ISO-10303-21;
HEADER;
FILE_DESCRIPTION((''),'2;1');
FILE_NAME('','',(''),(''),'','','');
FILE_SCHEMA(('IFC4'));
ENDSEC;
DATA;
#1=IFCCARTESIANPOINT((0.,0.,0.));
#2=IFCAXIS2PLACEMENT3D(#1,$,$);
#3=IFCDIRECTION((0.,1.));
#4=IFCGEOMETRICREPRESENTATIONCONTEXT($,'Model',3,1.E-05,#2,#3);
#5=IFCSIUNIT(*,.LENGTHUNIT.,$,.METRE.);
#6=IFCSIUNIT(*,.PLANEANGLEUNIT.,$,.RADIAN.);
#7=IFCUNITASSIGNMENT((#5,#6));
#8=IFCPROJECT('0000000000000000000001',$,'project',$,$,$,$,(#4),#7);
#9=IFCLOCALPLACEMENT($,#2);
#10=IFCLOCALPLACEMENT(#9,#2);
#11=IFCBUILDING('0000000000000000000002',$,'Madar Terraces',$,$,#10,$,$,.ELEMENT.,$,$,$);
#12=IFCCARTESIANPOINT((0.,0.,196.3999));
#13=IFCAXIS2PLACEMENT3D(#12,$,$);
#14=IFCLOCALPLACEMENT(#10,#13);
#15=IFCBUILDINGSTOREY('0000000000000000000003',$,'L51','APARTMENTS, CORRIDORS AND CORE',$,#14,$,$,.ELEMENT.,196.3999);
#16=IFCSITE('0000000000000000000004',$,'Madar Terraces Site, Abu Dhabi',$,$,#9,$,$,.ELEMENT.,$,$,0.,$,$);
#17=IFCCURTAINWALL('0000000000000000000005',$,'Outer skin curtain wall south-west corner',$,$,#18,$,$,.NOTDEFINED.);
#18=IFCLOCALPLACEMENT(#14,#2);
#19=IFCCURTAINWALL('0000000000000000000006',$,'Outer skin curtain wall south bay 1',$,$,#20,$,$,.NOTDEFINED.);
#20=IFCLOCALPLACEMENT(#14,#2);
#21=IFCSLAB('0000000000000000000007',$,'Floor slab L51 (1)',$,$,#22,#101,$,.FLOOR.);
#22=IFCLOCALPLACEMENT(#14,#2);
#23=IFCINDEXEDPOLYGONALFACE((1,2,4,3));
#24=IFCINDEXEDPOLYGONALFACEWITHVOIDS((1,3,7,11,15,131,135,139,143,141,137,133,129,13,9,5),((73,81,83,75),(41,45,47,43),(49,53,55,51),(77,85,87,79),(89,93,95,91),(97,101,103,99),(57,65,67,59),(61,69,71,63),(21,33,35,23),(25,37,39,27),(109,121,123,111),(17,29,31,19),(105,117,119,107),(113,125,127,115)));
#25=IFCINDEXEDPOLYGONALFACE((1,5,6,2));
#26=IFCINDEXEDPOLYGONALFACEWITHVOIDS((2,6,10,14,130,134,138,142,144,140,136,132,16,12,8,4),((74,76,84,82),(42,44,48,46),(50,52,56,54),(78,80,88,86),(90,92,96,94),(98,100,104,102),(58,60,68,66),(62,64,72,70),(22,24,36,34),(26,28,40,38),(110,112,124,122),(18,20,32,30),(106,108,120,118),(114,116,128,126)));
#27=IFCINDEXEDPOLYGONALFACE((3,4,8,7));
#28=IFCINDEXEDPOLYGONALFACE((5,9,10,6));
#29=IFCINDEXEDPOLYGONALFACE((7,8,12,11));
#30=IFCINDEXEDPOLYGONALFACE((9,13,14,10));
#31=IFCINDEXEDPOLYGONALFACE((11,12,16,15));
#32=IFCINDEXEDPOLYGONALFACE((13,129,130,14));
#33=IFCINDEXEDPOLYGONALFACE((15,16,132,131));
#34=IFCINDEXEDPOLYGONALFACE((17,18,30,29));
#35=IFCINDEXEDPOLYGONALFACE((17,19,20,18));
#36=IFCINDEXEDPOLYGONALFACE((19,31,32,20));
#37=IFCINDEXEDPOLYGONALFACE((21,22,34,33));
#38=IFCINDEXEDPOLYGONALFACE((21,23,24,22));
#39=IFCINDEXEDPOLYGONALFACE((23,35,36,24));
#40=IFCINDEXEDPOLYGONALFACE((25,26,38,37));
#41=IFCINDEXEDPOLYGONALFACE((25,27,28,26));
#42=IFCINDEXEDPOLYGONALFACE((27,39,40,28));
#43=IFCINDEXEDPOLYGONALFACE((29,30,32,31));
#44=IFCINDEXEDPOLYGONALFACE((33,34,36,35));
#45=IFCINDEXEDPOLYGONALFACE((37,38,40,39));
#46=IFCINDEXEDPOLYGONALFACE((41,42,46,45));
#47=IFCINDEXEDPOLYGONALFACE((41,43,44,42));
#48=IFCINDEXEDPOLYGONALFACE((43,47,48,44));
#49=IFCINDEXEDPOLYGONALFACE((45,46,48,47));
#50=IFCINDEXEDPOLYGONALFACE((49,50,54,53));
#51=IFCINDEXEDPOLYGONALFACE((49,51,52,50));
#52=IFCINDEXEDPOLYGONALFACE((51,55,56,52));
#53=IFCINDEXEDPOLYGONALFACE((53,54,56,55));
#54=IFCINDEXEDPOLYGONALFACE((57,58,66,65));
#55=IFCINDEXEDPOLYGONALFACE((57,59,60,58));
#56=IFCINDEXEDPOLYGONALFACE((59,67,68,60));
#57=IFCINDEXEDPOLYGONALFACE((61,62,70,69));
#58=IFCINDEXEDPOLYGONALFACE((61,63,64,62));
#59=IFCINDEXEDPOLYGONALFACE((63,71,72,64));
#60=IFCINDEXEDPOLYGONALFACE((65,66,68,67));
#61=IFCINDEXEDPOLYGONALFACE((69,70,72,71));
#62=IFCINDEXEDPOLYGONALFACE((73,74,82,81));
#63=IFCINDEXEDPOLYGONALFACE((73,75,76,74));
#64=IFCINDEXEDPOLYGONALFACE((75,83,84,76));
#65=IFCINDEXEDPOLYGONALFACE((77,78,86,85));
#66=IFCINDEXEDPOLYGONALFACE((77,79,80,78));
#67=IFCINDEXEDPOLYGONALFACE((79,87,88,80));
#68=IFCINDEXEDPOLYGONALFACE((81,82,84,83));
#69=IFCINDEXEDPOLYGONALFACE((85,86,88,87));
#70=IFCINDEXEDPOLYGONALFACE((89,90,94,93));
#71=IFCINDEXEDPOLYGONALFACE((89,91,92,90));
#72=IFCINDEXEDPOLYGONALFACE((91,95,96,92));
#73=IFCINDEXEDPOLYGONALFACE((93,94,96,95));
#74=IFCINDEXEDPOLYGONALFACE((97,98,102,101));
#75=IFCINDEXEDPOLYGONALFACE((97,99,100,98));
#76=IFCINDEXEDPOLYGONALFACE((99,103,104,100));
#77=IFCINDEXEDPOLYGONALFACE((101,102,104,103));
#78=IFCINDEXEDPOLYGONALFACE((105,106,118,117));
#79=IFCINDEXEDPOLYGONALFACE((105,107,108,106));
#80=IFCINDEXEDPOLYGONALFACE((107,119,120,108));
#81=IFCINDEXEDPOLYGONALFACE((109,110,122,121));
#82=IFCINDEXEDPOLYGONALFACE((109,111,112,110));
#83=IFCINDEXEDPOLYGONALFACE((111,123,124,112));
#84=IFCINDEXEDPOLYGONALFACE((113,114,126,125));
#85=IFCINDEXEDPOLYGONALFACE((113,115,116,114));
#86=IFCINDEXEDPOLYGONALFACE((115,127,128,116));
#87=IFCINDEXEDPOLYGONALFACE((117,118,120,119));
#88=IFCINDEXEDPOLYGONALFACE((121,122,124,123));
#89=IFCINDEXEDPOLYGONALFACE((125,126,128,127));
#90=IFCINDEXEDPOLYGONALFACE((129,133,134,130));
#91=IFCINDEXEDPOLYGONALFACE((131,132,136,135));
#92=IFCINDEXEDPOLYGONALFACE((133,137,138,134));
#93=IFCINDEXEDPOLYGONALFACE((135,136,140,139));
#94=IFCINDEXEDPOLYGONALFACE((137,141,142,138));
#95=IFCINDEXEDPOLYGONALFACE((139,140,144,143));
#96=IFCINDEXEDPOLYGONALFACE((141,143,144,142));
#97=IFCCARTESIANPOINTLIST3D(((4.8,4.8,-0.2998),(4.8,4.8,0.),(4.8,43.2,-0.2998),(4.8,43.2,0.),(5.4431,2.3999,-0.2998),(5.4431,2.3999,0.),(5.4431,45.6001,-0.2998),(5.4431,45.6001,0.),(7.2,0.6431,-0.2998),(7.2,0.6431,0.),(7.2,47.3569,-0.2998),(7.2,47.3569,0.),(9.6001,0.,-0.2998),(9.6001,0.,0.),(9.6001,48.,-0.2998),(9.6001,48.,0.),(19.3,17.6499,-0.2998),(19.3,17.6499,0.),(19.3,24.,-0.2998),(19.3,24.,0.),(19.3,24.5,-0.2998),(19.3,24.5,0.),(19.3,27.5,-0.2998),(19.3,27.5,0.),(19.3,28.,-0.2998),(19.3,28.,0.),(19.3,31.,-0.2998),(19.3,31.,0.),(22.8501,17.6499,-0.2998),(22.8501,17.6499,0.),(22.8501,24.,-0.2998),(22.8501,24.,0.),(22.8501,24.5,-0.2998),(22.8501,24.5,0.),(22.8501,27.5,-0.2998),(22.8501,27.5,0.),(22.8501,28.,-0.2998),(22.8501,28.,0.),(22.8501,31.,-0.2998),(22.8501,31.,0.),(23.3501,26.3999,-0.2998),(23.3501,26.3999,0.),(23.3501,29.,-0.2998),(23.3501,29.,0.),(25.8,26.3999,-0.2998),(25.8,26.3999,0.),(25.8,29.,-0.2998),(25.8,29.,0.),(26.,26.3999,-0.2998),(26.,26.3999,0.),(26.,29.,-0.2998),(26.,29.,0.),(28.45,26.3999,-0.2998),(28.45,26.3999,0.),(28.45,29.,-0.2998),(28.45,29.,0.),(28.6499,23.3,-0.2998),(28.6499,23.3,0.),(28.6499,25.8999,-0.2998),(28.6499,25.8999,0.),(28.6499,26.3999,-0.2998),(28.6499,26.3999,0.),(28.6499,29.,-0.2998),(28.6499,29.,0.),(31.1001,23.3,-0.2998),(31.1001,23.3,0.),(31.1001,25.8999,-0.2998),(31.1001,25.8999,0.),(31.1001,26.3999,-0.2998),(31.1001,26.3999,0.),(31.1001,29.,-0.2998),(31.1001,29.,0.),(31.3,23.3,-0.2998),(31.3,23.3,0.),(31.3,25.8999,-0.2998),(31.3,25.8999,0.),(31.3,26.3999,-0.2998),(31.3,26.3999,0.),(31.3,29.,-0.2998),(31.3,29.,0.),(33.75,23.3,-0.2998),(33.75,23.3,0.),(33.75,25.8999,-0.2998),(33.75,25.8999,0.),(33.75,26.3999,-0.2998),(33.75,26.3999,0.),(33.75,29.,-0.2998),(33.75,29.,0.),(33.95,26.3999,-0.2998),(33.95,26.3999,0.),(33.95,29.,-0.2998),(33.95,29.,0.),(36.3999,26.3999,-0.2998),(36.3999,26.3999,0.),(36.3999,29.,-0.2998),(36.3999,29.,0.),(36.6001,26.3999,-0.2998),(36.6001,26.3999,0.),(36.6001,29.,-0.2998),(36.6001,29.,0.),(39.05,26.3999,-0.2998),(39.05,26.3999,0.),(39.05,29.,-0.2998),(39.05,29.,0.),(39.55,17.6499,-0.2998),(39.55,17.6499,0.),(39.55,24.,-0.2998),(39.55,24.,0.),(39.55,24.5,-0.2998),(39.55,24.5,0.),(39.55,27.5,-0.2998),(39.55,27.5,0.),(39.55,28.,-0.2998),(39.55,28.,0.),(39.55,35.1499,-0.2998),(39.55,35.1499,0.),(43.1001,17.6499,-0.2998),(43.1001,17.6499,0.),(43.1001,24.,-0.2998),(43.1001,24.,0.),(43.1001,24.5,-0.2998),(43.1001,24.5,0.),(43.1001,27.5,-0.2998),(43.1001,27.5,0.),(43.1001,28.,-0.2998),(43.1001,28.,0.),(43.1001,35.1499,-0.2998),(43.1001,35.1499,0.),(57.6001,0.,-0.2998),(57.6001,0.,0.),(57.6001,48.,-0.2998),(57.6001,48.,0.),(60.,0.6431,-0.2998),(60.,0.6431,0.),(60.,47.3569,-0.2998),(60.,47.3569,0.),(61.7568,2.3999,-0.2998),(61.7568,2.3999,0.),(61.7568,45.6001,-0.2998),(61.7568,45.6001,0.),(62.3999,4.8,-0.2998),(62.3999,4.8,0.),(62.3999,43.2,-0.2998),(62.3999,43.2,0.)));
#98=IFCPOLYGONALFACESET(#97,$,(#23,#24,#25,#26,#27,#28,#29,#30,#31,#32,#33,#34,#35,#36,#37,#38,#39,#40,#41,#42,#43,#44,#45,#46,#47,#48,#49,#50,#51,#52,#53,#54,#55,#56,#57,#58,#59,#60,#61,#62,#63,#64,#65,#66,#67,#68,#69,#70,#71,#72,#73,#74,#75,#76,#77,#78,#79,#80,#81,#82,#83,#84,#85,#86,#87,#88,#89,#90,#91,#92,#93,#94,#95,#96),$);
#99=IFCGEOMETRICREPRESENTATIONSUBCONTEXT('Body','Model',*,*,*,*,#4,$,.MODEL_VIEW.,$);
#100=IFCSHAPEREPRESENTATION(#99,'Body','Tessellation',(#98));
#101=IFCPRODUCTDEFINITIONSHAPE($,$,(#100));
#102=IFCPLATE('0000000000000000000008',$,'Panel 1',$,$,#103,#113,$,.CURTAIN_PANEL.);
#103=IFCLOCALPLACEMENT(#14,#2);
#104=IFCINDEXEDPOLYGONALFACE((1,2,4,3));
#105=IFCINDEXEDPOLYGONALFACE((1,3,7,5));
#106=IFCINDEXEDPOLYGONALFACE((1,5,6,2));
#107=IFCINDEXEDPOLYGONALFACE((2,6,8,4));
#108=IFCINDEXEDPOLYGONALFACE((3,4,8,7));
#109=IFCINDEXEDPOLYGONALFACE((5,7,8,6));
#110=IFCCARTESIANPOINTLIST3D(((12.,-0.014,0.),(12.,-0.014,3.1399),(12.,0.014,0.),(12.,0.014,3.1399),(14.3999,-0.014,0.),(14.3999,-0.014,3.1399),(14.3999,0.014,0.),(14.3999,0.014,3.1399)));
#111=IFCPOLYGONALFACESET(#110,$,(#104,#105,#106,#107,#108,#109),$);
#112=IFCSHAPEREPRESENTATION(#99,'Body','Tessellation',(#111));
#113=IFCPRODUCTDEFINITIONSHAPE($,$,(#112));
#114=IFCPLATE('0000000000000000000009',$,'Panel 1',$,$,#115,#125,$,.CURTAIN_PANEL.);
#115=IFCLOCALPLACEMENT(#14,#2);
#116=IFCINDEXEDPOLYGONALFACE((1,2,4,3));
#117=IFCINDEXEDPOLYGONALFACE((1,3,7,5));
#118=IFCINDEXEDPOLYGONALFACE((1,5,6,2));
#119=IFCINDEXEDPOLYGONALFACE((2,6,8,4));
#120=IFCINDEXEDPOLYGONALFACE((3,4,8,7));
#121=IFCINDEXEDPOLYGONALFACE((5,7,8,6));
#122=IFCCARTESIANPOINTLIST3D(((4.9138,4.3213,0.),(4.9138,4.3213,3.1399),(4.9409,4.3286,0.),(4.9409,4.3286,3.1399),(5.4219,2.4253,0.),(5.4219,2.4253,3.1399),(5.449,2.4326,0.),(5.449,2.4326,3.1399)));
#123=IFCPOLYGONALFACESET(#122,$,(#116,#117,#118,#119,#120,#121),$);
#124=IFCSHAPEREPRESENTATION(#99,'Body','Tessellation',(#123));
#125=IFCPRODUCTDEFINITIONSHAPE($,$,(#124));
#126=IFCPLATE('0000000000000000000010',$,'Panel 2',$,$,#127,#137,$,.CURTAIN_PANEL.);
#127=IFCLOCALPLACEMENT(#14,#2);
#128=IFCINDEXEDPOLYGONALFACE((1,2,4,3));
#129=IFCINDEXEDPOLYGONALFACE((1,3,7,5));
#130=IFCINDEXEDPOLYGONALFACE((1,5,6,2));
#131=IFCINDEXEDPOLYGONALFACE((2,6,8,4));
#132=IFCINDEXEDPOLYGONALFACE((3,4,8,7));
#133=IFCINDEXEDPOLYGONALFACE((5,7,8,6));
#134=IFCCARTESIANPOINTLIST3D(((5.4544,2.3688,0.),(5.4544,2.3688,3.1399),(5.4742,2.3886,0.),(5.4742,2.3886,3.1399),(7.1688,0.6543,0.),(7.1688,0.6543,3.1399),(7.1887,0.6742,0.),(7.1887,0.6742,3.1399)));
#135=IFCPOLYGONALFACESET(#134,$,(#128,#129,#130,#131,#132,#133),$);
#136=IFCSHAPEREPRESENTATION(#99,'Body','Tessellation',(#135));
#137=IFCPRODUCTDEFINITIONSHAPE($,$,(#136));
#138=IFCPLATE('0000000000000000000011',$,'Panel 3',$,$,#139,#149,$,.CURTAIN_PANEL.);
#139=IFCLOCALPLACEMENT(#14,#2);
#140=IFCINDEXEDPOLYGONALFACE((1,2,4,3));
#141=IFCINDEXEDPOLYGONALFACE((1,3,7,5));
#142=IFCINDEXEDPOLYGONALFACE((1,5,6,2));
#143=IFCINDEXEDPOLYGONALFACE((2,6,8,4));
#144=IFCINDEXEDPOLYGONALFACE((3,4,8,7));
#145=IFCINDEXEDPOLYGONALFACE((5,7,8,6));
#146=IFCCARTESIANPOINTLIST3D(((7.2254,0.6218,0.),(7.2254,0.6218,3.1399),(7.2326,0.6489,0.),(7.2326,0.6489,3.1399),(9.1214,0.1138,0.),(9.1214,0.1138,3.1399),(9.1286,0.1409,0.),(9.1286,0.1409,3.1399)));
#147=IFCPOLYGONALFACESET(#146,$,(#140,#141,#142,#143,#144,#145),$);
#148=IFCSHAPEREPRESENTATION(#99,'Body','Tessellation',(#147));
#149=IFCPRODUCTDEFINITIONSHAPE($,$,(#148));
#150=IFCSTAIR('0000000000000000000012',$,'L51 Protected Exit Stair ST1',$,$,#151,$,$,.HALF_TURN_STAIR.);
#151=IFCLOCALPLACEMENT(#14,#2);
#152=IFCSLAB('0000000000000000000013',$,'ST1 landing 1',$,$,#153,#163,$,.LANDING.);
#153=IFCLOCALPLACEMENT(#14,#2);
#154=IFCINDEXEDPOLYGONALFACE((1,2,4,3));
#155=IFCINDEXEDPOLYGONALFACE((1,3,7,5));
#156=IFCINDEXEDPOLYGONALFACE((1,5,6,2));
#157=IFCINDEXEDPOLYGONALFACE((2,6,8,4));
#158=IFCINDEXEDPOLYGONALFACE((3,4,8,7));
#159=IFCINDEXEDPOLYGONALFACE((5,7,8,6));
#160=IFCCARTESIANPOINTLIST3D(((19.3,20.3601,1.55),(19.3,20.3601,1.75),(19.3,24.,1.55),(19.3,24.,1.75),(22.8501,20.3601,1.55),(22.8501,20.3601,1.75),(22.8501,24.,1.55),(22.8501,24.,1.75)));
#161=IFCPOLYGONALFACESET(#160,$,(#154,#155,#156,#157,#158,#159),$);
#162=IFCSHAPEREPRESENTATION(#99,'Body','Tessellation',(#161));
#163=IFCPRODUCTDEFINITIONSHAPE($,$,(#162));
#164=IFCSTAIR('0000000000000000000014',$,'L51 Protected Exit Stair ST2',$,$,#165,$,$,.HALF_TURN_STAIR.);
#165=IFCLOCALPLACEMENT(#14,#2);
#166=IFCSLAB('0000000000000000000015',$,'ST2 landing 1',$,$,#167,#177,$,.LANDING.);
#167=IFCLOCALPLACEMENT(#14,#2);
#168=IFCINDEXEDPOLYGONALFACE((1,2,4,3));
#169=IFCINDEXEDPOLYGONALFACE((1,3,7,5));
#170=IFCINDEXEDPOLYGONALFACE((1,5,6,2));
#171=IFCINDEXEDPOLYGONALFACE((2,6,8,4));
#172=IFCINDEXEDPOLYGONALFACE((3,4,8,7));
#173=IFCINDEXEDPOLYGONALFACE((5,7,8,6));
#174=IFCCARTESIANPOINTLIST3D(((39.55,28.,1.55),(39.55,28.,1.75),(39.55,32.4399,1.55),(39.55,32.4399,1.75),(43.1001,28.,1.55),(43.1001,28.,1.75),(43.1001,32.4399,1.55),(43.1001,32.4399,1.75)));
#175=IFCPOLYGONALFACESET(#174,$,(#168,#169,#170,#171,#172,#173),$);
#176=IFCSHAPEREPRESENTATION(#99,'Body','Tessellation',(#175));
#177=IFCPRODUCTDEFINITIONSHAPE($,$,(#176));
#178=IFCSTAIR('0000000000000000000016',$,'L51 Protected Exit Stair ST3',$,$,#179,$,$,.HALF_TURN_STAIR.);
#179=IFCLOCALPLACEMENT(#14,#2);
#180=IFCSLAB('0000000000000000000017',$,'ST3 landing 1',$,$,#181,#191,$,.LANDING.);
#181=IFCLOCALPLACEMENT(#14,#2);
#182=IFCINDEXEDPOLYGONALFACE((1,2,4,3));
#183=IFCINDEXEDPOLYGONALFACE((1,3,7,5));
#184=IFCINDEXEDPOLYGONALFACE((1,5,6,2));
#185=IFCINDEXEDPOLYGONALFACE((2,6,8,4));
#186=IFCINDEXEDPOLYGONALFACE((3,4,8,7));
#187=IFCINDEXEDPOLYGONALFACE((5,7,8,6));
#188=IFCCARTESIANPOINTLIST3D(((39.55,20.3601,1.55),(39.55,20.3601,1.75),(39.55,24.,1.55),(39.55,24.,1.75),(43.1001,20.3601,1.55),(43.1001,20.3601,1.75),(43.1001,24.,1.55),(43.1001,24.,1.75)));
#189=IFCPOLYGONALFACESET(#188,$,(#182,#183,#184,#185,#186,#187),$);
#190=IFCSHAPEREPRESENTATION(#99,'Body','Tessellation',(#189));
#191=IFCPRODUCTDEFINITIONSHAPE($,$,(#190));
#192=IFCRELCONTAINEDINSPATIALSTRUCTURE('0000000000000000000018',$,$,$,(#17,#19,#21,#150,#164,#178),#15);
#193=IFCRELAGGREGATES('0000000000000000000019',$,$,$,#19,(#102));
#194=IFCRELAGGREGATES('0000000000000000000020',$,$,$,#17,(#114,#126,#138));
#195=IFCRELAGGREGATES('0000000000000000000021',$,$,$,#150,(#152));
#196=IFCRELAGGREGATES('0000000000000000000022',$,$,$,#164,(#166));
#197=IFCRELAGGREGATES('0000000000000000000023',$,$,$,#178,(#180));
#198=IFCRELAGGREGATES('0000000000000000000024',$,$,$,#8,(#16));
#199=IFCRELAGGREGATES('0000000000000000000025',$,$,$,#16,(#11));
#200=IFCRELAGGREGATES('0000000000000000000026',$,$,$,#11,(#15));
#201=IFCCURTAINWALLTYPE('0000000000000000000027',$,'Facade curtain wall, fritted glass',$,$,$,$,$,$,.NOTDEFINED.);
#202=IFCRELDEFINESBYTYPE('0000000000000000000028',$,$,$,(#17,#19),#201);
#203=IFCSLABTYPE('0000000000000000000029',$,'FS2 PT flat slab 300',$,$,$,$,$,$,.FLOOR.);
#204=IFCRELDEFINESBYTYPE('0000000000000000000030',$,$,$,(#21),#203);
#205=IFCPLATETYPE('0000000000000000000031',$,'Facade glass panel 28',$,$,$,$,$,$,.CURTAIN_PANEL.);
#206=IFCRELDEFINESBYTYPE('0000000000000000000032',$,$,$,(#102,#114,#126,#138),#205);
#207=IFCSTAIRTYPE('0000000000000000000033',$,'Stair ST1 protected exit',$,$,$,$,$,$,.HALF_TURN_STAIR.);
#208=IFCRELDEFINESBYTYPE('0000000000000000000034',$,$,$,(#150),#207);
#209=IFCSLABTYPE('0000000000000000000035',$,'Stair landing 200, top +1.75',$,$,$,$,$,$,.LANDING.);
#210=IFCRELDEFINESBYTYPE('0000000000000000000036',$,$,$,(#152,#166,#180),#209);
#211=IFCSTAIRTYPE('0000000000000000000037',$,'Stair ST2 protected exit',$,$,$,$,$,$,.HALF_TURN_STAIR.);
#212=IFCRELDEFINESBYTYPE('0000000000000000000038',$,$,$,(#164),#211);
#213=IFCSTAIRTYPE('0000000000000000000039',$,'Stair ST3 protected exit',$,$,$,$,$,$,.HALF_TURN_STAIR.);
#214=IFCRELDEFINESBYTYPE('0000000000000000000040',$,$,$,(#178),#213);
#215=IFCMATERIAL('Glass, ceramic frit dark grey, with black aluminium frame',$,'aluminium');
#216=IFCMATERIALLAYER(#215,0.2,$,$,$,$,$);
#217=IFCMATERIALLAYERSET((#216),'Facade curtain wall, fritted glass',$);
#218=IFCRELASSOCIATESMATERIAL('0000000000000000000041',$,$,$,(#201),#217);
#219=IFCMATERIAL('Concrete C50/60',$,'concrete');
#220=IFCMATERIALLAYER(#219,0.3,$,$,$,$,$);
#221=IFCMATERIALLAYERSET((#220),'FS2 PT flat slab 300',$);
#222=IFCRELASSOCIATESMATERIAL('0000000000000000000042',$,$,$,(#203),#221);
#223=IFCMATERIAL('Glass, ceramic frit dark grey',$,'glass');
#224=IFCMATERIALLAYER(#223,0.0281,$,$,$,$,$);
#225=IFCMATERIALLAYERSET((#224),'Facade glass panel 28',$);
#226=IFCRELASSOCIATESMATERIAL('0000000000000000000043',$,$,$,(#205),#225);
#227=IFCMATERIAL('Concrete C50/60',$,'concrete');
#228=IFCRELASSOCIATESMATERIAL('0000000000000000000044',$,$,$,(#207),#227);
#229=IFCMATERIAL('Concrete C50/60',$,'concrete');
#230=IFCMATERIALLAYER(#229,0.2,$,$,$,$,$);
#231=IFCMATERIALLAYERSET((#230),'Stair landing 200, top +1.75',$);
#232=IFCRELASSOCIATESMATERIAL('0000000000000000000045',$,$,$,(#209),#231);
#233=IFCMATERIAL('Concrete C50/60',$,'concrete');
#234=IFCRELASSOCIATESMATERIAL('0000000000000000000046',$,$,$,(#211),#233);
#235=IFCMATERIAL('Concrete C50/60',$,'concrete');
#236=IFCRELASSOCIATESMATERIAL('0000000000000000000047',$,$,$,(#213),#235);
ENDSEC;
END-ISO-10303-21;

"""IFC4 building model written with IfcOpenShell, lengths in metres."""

from ifc_helpers import new_model, si_unit, direction, frame, origin, origin_2d, place, context, subcontext, project, spatial, polyline, rectangle, outline, extrude, material, layer, layer_set, type_object, element, aggregate, save


model = new_model("IFC4")

# Units and contexts
model_context = context("Model", 3, precision=1e-05, world=origin(), true_north=direction((0.0, 1.0)))
body_context = subcontext(model_context, "Body", "Model", "MODEL_VIEW")
ifc_project = project(units=[si_unit("LENGTHUNIT", "METRE"), si_unit("PLANEANGLEUNIT", "RADIAN")], contexts=[model_context])

# Site, building, storey
site_placement = place(None, origin())
site = spatial("IfcSite", under=ifc_project, at=site_placement, Name="Madar Terraces Site, Abu Dhabi", CompositionType="ELEMENT", RefElevation=0.0)
building_placement = place(site_placement, origin())
building = spatial("IfcBuilding", under=site, at=building_placement, Name="Madar Terraces", CompositionType="ELEMENT")
storey_placement = place(building_placement, frame((0.0, 0.0, 196.3999)))
storey = spatial("IfcBuildingStorey", under=building, at=storey_placement, Name="L51", Description="APARTMENTS, CORRIDORS AND CORE", CompositionType="ELEMENT", Elevation=196.3999)

# Curtain wall
ifc_material_1 = material(Name="Glass, ceramic frit dark grey, with black aluminium frame", Category="aluminium")
ifc_layer_1 = layer(ifc_material_1, 0.2)
ifc_layer_set_1 = layer_set([ifc_layer_1], Name="Facade curtain wall, fritted glass")
curtain_wall_type = type_object("IfcCurtainWallType", Name="Facade curtain wall, fritted glass", PredefinedType="NOTDEFINED", material=ifc_layer_set_1)
curtain_wall_1_placement = place(storey_placement, origin())
curtain_wall_1 = element("IfcCurtainWall", 1, at=curtain_wall_1_placement, inside=storey, type_object=curtain_wall_type, Name="Outer skin curtain wall south-west corner", PredefinedType="NOTDEFINED")

# Curtain wall
curtain_wall_2_placement = place(storey_placement, origin())
curtain_wall_2 = element("IfcCurtainWall", 2, at=curtain_wall_2_placement, inside=storey, type_object=curtain_wall_type, Name="Outer skin curtain wall south bay 1", PredefinedType="NOTDEFINED")

# Slab
ifc_material_2 = material(Name="Concrete C50/60", Category="concrete")
ifc_layer_2 = layer(ifc_material_2, 0.3)
ifc_layer_set_2 = layer_set([ifc_layer_2], Name="FS2 PT flat slab 300")
slab_type_1 = type_object("IfcSlabType", Name="FS2 PT flat slab 300", PredefinedType="FLOOR", material=ifc_layer_set_2)
slab_1_placement = place(storey_placement, frame((0.0, 0.0, -0.2998)))
element("IfcSlab", 3, at=slab_1_placement, inside=storey, type_object=slab_type_1, Name="Floor slab L51 (1)", PredefinedType="FLOOR", context=body_context, shape_type="SweptSolid", body=[
    extrude(outline(polyline([(57.6001, 0.0), (60.0, 0.6431), (61.7568, 2.3999), (62.3999, 4.8), (62.3999, 43.2), (61.7568, 45.6001), (60.0, 47.3569), (57.6001, 48.0), (9.6001, 48.0), (7.2, 47.3569), (5.4431, 45.6001), (4.8, 43.2), (4.8, 4.8), (5.4431, 2.3999), (7.2, 0.6431), (9.6001, 0.0), (57.6001, 0.0)]), holes=[polyline([(22.8501, 17.6499), (19.3, 17.6499), (19.3, 24.0), (22.8501, 24.0), (22.8501, 17.6499)]), polyline([(28.6499, 23.3), (28.6499, 25.8999), (31.1001, 25.8999), (31.1001, 23.3), (28.6499, 23.3)]), polyline([(19.3, 24.5), (19.3, 27.5), (22.8501, 27.5), (22.8501, 24.5), (19.3, 24.5)]), polyline([(23.3501, 26.3999), (23.3501, 29.0), (25.8, 29.0), (25.8, 26.3999), (23.3501, 26.3999)]), polyline([(26.0, 26.3999), (26.0, 29.0), (28.45, 29.0), (28.45, 26.3999), (26.0, 26.3999)]), polyline([(28.6499, 26.3999), (28.6499, 29.0), (31.1001, 29.0), (31.1001, 26.3999), (28.6499, 26.3999)]), polyline([(19.3, 28.0), (19.3, 31.0), (22.8501, 31.0), (22.8501, 28.0), (19.3, 28.0)]), polyline([(43.1001, 17.6499), (39.55, 17.6499), (39.55, 24.0), (43.1001, 24.0), (43.1001, 17.6499)]), polyline([(31.3, 23.3), (31.3, 25.8999), (33.75, 25.8999), (33.75, 23.3), (31.3, 23.3)]), polyline([(39.55, 24.5), (39.55, 27.5), (43.1001, 27.5), (43.1001, 24.5), (39.55, 24.5)]), polyline([(31.3, 26.3999), (31.3, 29.0), (33.75, 29.0), (33.75, 26.3999), (31.3, 26.3999)]), polyline([(33.95, 26.3999), (33.95, 29.0), (36.3999, 29.0), (36.3999, 26.3999), (33.95, 26.3999)]), polyline([(36.6001, 26.3999), (36.6001, 29.0), (39.05, 29.0), (39.05, 26.3999), (36.6001, 26.3999)]), polyline([(39.55, 28.0), (39.55, 35.1499), (43.1001, 35.1499), (43.1001, 28.0), (39.55, 28.0)])]), origin(), (0.0, 0.0, 1.0), 0.2998),
])

# Plates
ifc_material_3 = material(Name="Glass, ceramic frit dark grey", Category="glass")
ifc_layer_3 = layer(ifc_material_3, 0.0281)
ifc_layer_set_3 = layer_set([ifc_layer_3], Name="Facade glass panel 28")
plate_type = type_object("IfcPlateType", Name="Facade glass panel 28", PredefinedType="CURTAIN_PANEL", material=ifc_layer_set_3)
plate_1_placement = place(storey_placement, frame((13.2, 0.0, 0.0), z_axis=(0.0, 0.0, 1.0), x_axis=(1.0, 0.0, 0.0)))
plate_1 = element("IfcPlate", 4, at=plate_1_placement, type_object=plate_type, Name="Panel 1", PredefinedType="CURTAIN_PANEL", context=body_context, shape_type="SweptSolid", body=[
    extrude(rectangle(XDim=2.3999, YDim=0.0281, at=origin_2d()), origin(), (0.0, 0.0, 1.0), 3.1399),
])
aggregate(curtain_wall_2, [plate_1])
plate_2_placement = place(storey_placement, frame((5.1814, 3.377, 0.0), z_axis=(0.0, 0.0, 1.0), x_axis=(0.258819, -0.965926, 0.0)))
plate_2 = element("IfcPlate", 5, at=plate_2_placement, type_object=plate_type, Name="Panel 1", PredefinedType="CURTAIN_PANEL", context=body_context, shape_type="SweptSolid", body=[
    extrude(rectangle(XDim=1.9629, YDim=0.0281, at=origin_2d()), origin(), (0.0, 0.0, 1.0), 3.1399),
])
plate_3_placement = place(storey_placement, frame((6.3215, 1.5215, 0.0), z_axis=(0.0, 0.0, 1.0), x_axis=(0.707107, -0.707107, 0.0)))
plate_3 = element("IfcPlate", 6, at=plate_3_placement, type_object=plate_type, Name="Panel 2", PredefinedType="CURTAIN_PANEL", context=body_context, shape_type="SweptSolid", body=[
    extrude(rectangle(XDim=2.4246, YDim=0.0281, at=origin_2d()), origin(), (0.0, 0.0, 1.0), 3.1399),
])
plate_4_placement = place(storey_placement, frame((8.177, 0.3813, 0.0), z_axis=(0.0, 0.0, 1.0), x_axis=(0.965926, -0.258819, 0.0)))
plate_4 = element("IfcPlate", 7, at=plate_4_placement, type_object=plate_type, Name="Panel 3", PredefinedType="CURTAIN_PANEL", context=body_context, shape_type="SweptSolid", body=[
    extrude(rectangle(XDim=1.9629, YDim=0.0281, at=origin_2d()), origin(), (0.0, 0.0, 1.0), 3.1399),
])
aggregate(curtain_wall_1, [plate_2, plate_3, plate_4])

# Stairs, slabs
ifc_material_4 = material(Name="Concrete C50/60", Category="concrete")
stair_type_1 = type_object("IfcStairType", Name="Stair ST1 protected exit", PredefinedType="HALF_TURN_STAIR", material=ifc_material_4)
stair_1_placement = place(storey_placement, origin())
stair_1 = element("IfcStair", 8, at=stair_1_placement, inside=storey, type_object=stair_type_1, Name="L51 Protected Exit Stair ST1", PredefinedType="HALF_TURN_STAIR")
ifc_material_5 = material(Name="Concrete C50/60", Category="concrete")
ifc_layer_4 = layer(ifc_material_5, 0.2)
ifc_layer_set_4 = layer_set([ifc_layer_4], Name="Stair landing 200, top +1.75")
slab_type_2 = type_object("IfcSlabType", Name="Stair landing 200, top +1.75", PredefinedType="LANDING", material=ifc_layer_set_4)
slab_2_placement = place(storey_placement, frame((0.0, 0.0, 1.55)))
slab_2 = element("IfcSlab", 9, at=slab_2_placement, type_object=slab_type_2, Name="ST1 landing 1", PredefinedType="LANDING", context=body_context, shape_type="SweptSolid", body=[
    extrude(outline(polyline([(19.3, 20.3601), (22.8501, 20.3601), (22.8501, 24.0), (19.3, 24.0), (19.3, 20.3601)])), origin(), (0.0, 0.0, 1.0), 0.2),
])
aggregate(stair_1, [slab_2])
ifc_material_6 = material(Name="Concrete C50/60", Category="concrete")
stair_type_2 = type_object("IfcStairType", Name="Stair ST2 protected exit", PredefinedType="HALF_TURN_STAIR", material=ifc_material_6)
stair_2_placement = place(storey_placement, origin())
stair_2 = element("IfcStair", 10, at=stair_2_placement, inside=storey, type_object=stair_type_2, Name="L51 Protected Exit Stair ST2", PredefinedType="HALF_TURN_STAIR")
slab_3_placement = place(storey_placement, frame((0.0, 0.0, 1.55)))
slab_3 = element("IfcSlab", 11, at=slab_3_placement, type_object=slab_type_2, Name="ST2 landing 1", PredefinedType="LANDING", context=body_context, shape_type="SweptSolid", body=[
    extrude(outline(polyline([(39.55, 28.0), (43.1001, 28.0), (43.1001, 32.4399), (39.55, 32.4399), (39.55, 28.0)])), origin(), (0.0, 0.0, 1.0), 0.2),
])
aggregate(stair_2, [slab_3])
ifc_material_7 = material(Name="Concrete C50/60", Category="concrete")
stair_type_3 = type_object("IfcStairType", Name="Stair ST3 protected exit", PredefinedType="HALF_TURN_STAIR", material=ifc_material_7)
stair_3_placement = place(storey_placement, origin())
stair_3 = element("IfcStair", 12, at=stair_3_placement, inside=storey, type_object=stair_type_3, Name="L51 Protected Exit Stair ST3", PredefinedType="HALF_TURN_STAIR")
slab_4_placement = place(storey_placement, frame((0.0, 0.0, 1.55)))
slab_4 = element("IfcSlab", 13, at=slab_4_placement, type_object=slab_type_2, Name="ST3 landing 1", PredefinedType="LANDING", context=body_context, shape_type="SweptSolid", body=[
    extrude(outline(polyline([(39.55, 20.3601), (43.1001, 20.3601), (43.1001, 24.0), (39.55, 24.0), (39.55, 20.3601)])), origin(), (0.0, 0.0, 1.0), 0.2),
])
aggregate(stair_3, [slab_4])

save(model, "model.ifc")
